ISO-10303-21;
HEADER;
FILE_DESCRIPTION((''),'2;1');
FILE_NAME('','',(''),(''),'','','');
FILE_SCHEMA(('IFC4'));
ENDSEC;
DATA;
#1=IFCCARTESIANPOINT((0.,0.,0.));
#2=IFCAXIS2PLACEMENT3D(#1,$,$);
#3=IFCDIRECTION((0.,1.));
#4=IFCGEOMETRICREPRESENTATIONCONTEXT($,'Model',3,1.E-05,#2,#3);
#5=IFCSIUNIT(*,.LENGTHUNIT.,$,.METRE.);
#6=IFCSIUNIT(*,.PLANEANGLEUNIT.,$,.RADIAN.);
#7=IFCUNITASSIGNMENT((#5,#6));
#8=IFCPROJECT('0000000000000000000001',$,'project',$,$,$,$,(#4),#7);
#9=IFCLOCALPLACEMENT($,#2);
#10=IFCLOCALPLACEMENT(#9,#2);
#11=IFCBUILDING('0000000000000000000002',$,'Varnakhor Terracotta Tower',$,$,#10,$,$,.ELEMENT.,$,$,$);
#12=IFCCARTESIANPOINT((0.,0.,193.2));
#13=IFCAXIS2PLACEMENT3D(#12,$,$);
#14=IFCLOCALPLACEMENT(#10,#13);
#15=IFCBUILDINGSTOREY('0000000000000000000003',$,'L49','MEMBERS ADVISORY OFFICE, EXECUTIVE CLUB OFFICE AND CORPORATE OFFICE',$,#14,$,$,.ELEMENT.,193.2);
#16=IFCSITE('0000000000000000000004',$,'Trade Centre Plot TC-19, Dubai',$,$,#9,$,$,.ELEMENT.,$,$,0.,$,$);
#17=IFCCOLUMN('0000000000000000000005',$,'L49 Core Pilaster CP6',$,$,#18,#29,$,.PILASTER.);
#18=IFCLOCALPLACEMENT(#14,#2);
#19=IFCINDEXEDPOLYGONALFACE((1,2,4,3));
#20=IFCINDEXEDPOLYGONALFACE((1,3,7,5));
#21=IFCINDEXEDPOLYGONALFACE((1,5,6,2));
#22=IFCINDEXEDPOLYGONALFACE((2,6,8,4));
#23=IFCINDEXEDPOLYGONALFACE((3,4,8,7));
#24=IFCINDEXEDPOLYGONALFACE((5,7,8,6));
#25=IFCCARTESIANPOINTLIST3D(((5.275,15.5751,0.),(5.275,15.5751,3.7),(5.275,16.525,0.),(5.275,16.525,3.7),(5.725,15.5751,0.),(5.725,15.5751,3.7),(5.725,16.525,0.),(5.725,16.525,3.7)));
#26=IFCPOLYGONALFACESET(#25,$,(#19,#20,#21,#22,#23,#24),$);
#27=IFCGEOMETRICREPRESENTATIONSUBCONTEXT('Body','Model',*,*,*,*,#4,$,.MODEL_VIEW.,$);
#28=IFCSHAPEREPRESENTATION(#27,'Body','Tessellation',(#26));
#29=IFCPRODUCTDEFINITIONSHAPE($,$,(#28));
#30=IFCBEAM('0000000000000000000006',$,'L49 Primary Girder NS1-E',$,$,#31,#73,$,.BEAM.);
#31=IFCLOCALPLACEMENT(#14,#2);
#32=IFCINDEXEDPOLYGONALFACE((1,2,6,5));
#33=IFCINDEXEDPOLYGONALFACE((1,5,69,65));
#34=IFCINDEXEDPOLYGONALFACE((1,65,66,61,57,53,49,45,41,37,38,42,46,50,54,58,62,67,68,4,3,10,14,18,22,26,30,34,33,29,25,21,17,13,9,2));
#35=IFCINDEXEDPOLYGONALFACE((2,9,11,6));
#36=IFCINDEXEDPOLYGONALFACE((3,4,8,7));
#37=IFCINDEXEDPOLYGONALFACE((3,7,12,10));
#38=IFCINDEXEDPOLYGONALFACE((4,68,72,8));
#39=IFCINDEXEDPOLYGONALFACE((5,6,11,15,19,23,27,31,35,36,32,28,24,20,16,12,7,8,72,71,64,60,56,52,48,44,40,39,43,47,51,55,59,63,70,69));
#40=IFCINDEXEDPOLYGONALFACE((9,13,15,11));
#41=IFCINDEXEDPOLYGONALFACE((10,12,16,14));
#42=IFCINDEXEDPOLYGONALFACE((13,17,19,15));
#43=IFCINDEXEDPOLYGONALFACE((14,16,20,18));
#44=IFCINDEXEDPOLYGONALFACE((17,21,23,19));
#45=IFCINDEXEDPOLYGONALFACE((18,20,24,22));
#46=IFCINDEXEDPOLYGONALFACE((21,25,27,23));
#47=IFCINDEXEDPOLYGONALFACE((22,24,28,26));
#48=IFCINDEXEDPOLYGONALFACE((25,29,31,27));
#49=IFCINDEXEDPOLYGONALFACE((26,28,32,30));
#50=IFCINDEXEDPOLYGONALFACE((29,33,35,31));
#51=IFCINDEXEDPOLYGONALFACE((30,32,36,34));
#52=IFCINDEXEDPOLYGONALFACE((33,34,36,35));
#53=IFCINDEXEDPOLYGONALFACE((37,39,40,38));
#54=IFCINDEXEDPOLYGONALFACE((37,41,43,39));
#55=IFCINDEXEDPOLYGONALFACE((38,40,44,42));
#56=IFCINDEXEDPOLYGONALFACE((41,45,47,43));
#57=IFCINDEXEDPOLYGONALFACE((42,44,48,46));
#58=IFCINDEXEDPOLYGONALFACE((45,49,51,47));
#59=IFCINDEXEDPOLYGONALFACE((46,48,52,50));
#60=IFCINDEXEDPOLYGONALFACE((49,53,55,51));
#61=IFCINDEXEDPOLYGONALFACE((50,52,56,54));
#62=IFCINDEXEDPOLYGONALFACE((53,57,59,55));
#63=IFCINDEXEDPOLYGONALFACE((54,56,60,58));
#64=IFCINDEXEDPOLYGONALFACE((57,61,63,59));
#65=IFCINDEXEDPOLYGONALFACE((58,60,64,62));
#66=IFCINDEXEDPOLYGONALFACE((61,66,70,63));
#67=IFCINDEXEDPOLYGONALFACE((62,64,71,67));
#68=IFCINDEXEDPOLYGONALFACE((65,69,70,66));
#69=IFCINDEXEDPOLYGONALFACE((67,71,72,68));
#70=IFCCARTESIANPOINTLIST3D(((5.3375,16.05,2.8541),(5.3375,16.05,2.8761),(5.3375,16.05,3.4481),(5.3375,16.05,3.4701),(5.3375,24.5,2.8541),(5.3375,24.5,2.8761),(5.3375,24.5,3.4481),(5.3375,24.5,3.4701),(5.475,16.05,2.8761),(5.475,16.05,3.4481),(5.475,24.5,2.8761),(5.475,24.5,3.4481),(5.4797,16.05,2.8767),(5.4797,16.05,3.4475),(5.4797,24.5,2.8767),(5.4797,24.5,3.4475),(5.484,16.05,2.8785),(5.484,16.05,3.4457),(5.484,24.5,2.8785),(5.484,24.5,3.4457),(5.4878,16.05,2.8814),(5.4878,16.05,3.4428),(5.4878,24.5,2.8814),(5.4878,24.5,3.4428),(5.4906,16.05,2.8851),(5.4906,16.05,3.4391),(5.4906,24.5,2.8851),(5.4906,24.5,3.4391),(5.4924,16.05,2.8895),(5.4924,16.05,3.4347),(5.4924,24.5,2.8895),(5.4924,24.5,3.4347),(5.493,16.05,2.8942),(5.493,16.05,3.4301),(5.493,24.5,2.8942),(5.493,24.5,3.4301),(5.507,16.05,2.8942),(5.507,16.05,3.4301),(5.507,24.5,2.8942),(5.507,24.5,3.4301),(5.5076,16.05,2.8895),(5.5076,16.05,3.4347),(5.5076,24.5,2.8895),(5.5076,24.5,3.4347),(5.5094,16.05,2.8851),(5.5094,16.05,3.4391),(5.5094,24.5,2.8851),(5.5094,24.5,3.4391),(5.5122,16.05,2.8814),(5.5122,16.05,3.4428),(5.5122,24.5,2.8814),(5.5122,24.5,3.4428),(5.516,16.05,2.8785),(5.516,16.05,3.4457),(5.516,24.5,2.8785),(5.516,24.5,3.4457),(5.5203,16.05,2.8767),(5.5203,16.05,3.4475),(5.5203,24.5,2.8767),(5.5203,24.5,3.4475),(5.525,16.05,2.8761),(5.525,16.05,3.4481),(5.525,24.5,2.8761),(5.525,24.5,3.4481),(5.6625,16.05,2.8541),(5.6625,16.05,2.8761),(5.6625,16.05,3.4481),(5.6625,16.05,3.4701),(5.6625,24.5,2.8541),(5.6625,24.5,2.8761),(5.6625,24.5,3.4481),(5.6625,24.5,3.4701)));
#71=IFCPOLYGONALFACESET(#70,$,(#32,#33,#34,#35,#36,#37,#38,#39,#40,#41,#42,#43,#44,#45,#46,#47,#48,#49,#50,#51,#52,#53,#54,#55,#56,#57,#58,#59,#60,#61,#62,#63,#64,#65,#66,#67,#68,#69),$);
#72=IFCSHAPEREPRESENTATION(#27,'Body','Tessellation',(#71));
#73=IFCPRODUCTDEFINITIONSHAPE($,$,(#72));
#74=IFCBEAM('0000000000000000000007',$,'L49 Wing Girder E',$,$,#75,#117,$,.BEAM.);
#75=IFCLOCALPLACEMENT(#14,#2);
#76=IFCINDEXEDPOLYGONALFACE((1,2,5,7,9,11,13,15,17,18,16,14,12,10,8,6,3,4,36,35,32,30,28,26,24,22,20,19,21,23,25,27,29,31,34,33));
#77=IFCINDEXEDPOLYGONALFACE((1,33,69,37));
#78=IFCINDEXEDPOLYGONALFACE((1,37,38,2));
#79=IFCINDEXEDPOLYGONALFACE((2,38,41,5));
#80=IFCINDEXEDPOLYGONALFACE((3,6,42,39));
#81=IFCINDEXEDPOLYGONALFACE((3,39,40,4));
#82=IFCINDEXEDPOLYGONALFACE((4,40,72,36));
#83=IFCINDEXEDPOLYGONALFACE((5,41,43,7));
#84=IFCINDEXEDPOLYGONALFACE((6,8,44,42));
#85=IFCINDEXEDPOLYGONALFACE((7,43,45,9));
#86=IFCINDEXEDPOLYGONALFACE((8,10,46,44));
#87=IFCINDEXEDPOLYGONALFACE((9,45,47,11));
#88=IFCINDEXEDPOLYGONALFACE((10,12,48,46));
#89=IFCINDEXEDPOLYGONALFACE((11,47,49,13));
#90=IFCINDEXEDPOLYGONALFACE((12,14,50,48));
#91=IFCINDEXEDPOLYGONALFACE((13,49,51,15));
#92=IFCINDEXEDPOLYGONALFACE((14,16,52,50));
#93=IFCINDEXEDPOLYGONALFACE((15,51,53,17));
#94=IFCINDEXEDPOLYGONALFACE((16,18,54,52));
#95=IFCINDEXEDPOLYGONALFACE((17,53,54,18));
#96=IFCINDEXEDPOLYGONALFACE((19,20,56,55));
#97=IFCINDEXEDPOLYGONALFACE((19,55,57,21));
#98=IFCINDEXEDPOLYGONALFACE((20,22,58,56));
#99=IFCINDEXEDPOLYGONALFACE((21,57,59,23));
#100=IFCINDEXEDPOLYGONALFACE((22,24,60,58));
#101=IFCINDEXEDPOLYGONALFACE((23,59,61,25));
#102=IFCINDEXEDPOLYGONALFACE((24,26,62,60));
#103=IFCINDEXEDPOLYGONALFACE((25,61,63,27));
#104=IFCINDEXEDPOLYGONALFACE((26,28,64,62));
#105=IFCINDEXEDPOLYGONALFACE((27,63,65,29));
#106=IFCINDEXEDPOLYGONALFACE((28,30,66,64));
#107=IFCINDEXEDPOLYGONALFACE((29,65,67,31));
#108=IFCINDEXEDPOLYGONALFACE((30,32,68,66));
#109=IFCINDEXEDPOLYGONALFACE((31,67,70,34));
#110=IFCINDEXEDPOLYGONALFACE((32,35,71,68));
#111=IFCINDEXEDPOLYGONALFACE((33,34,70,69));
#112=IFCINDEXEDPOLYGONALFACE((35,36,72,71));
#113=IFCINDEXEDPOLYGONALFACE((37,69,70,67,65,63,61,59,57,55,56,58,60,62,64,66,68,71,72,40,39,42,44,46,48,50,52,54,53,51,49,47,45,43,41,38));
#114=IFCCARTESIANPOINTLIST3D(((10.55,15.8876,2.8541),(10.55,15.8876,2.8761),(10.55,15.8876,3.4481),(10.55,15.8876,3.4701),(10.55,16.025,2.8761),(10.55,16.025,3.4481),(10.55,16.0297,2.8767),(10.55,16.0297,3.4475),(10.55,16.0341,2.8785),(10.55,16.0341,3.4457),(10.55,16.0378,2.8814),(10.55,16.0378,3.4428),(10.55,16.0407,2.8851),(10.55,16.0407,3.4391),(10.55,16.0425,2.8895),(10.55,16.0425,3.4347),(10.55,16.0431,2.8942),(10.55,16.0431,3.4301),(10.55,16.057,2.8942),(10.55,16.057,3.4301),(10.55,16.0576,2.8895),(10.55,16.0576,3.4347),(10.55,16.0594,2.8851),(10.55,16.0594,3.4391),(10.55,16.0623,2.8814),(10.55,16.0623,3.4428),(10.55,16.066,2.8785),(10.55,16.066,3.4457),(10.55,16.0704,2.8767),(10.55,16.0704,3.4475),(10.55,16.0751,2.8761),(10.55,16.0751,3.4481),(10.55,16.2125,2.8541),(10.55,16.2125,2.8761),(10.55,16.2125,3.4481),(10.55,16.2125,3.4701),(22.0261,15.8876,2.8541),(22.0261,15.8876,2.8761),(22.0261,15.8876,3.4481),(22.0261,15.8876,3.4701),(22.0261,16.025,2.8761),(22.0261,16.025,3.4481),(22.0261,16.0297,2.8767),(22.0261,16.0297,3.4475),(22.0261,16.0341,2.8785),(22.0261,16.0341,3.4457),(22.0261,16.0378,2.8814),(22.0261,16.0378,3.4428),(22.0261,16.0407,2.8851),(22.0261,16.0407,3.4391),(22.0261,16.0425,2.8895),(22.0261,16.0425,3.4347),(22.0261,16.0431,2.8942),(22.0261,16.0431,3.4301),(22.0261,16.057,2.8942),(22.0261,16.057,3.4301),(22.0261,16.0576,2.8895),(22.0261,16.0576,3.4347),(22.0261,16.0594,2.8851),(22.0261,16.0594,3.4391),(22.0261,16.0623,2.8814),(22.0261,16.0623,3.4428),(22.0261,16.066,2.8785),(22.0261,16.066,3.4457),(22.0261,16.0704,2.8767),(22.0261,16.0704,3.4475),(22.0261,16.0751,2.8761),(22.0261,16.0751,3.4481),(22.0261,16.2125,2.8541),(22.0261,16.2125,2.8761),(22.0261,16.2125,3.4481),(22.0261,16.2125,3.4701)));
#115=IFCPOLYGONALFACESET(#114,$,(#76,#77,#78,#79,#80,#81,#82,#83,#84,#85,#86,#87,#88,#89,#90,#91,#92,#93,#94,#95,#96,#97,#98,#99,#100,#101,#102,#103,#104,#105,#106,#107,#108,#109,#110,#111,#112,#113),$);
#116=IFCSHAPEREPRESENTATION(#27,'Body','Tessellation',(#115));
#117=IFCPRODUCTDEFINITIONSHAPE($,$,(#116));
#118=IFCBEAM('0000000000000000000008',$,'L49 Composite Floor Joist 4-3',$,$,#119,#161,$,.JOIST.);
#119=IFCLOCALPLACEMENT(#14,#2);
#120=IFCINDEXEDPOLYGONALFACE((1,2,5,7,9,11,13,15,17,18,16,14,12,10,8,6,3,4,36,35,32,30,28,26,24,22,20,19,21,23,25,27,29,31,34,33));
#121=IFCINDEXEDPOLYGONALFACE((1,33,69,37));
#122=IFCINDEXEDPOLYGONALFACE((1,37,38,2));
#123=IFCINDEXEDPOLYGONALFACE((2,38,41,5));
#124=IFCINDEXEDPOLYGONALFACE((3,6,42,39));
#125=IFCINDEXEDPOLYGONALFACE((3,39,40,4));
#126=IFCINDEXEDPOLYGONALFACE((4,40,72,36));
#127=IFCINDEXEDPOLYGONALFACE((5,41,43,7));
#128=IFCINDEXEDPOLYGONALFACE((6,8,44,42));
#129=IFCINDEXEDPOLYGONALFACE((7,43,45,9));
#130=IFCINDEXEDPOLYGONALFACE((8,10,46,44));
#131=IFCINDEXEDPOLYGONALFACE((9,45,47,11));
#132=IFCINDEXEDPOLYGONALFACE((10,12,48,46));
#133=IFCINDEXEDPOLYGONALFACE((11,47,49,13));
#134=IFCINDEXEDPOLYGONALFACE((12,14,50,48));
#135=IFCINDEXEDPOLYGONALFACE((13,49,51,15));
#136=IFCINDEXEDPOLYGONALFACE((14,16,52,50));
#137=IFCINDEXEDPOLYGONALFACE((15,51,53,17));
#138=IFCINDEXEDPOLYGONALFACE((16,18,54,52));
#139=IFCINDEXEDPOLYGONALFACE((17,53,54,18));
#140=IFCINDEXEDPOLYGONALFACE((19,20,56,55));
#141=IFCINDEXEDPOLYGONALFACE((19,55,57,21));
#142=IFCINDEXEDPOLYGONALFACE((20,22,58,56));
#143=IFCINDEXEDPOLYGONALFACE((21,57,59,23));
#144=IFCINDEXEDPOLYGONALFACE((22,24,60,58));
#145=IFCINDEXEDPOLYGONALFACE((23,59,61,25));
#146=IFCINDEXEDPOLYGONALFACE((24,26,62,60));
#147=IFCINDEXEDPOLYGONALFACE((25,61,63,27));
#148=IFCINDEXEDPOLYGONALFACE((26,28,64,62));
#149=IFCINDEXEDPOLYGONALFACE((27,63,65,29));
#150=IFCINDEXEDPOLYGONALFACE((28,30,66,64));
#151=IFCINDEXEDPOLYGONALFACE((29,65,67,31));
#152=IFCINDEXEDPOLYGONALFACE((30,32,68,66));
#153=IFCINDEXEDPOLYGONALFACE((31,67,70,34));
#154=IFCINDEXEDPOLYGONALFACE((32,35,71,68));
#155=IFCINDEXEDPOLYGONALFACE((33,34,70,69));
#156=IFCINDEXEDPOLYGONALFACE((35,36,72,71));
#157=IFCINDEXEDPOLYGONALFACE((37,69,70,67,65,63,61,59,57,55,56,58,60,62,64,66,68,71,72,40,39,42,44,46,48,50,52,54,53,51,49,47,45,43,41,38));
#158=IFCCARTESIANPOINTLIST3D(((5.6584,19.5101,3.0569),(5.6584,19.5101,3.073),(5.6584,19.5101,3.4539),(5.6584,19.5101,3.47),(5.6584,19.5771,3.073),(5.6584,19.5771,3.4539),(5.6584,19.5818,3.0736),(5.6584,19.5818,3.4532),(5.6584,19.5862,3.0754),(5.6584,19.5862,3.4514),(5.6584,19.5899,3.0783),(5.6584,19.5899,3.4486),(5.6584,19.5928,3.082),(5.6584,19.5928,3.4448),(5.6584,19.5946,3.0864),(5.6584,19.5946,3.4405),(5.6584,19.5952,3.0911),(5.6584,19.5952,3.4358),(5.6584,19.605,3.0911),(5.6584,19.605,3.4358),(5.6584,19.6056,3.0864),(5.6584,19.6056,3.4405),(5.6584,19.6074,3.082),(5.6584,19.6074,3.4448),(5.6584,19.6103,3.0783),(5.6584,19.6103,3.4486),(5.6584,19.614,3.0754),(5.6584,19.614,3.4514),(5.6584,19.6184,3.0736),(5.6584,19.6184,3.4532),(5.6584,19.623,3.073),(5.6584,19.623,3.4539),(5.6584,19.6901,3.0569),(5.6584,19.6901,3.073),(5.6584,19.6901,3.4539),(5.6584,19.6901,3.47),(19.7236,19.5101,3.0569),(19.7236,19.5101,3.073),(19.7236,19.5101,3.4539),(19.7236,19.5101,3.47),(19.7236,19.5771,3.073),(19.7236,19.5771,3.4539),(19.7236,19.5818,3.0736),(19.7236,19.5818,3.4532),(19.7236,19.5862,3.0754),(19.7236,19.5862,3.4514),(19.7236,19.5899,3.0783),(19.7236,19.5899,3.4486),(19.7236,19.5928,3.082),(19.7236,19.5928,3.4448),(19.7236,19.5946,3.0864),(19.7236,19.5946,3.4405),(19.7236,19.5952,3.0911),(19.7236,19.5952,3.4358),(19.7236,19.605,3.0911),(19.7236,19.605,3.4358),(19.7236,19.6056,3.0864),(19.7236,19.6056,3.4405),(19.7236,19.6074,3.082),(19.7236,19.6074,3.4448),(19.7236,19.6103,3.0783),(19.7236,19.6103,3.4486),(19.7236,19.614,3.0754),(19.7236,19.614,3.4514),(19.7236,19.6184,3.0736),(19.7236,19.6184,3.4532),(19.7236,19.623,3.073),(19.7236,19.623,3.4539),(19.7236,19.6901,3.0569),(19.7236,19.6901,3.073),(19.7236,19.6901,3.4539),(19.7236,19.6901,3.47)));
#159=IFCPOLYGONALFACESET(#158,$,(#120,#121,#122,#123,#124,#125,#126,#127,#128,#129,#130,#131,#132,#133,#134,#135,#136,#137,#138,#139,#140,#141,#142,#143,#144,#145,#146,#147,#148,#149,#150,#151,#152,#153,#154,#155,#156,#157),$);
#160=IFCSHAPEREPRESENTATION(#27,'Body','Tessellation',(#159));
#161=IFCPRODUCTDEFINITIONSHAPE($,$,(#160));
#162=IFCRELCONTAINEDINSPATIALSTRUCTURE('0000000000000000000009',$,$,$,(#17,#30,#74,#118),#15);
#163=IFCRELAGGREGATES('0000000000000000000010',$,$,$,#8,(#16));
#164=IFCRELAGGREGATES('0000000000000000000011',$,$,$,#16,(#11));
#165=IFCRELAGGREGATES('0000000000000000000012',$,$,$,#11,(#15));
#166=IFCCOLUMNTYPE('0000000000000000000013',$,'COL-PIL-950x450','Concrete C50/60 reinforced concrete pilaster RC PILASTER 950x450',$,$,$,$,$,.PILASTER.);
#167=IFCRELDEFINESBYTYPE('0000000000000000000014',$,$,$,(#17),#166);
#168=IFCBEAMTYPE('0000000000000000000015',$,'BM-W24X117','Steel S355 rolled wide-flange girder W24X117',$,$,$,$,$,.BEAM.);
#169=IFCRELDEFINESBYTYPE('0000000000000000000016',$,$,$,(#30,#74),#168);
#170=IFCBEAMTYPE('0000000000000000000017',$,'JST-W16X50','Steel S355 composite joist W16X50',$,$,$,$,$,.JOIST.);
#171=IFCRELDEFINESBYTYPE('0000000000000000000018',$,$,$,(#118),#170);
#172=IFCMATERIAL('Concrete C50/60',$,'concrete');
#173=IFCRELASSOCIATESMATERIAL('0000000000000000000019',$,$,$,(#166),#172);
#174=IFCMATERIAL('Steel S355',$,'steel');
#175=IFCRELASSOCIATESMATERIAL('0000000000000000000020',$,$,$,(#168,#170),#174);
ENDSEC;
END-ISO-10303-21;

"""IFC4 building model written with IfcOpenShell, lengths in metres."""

from ifc_helpers import new_model, si_unit, direction, frame, origin, origin_2d, place, context, subcontext, project, spatial, rectangle, i_section, extrude, source, transform, mapped, material, material_profile, profile_set, type_object, type_shapes, element, save


model = new_model("IFC4")

# Units and contexts
model_context = context("Model", 3, precision=1e-05, world=origin(), true_north=direction((0.0, 1.0)))
body_context = subcontext(model_context, "Body", "Model", "MODEL_VIEW")
ifc_project = project(units=[si_unit("LENGTHUNIT", "METRE"), si_unit("PLANEANGLEUNIT", "RADIAN")], contexts=[model_context])

# Site, building, storey
site_placement = place(None, origin())
site = spatial("IfcSite", under=ifc_project, at=site_placement, Name="Trade Centre Plot TC-19, Dubai", CompositionType="ELEMENT", RefElevation=0.0)
building_placement = place(site_placement, origin())
building = spatial("IfcBuilding", under=site, at=building_placement, Name="Varnakhor Terracotta Tower", CompositionType="ELEMENT")
storey_placement = place(building_placement, frame((0.0, 0.0, 193.2)))
storey = spatial("IfcBuildingStorey", under=building, at=storey_placement, Name="L49", Description="MEMBERS ADVISORY OFFICE, EXECUTIVE CLUB OFFICE AND CORPORATE OFFICE", CompositionType="ELEMENT", Elevation=193.2)

# Column
ifc_material_1 = material(Name="Concrete C50/60", Category="concrete")
ifc_material_profile_1 = material_profile(ifc_material_1, rectangle(XDim=0.45, YDim=0.95, at=origin_2d()), Name="RC PILASTER 950x450")
ifc_profile_set_1 = profile_set([ifc_material_profile_1], Name="Concrete C50/60")
column_type = type_object("IfcColumnType", Name="COL-PIL-950x450", Description="Concrete C50/60 reinforced concrete pilaster RC PILASTER 950x450", PredefinedType="PILASTER", material=ifc_profile_set_1)
shared_shape_1 = source(origin(), body_context, "Body", "SweptSolid", [
    extrude(rectangle(XDim=0.45, YDim=0.95, at=origin_2d()), origin(), (0.0, 0.0, 1.0), 3.7),
])
column_placement = place(storey_placement, frame((5.5, 16.05, 0.0), z_axis=(0.0, 0.0, 1.0), x_axis=(1.0, 0.0, 0.0)))
element("IfcColumn", 1, at=column_placement, inside=storey, type_object=column_type, Name="L49 Core Pilaster CP6", PredefinedType="PILASTER", context=body_context, shape_type="MappedRepresentation", body=[
    mapped(shared_shape_1, transform((0.0, 0.0, 0.0), scale=1.0)),
])

# Beams
ifc_material_2 = material(Name="Steel S355", Category="steel")
ifc_material_profile_2 = material_profile(ifc_material_2, i_section(OverallWidth=0.325, OverallDepth=0.616, WebThickness=0.0139, FlangeThickness=0.022, FilletRadius=0.0181, at=origin_2d()), Name="W24X117")
ifc_profile_set_2 = profile_set([ifc_material_profile_2], Name="Steel S355")
beam_type_1 = type_object("IfcBeamType", Name="BM-W24X117", Description="Steel S355 rolled wide-flange girder W24X117", PredefinedType="BEAM", material=ifc_profile_set_2)
shared_shape_2 = source(origin(), body_context, "Body", "SweptSolid", [
    extrude(i_section(OverallWidth=0.325, OverallDepth=0.616, WebThickness=0.0139, FlangeThickness=0.022, FilletRadius=0.0181, at=origin_2d()), origin(), (0.0, 0.0, 1.0), 8.45),
])
type_shapes(beam_type_1, [shared_shape_2])
beam_1_placement = place(storey_placement, frame((5.5, 16.05, 3.1621), z_axis=(0.0, 1.0, 0.0), x_axis=(-1.0, 0.0, 0.0)))
element("IfcBeam", 2, at=beam_1_placement, inside=storey, type_object=beam_type_1, Name="L49 Primary Girder NS1-E", PredefinedType="BEAM", context=body_context, shape_type="MappedRepresentation", body=[
    mapped(shared_shape_2, transform((0.0, 0.0, 0.0), scale=1.0)),
])
shared_shape_3 = source(origin(), body_context, "Body", "SweptSolid", [
    extrude(i_section(OverallWidth=0.325, OverallDepth=0.616, WebThickness=0.0139, FlangeThickness=0.022, FilletRadius=0.0181, at=origin_2d()), origin(), (0.0, 0.0, 1.0), 11.4761),
])
beam_2_placement = place(storey_placement, frame((10.55, 16.05, 3.1621), z_axis=(1.0, 0.0, 0.0), x_axis=(0.0, 1.0, 0.0)))
element("IfcBeam", 3, at=beam_2_placement, inside=storey, type_object=beam_type_1, Name="L49 Wing Girder E", PredefinedType="BEAM", context=body_context, shape_type="MappedRepresentation", body=[
    mapped(shared_shape_3, transform((0.0, 0.0, 0.0), scale=1.0)),
])
ifc_material_profile_3 = material_profile(ifc_material_2, i_section(OverallWidth=0.1799, OverallDepth=0.4131, WebThickness=0.0098, FlangeThickness=0.0161, FilletRadius=0.0181, at=origin_2d()), Name="W16X50")
ifc_profile_set_3 = profile_set([ifc_material_profile_3], Name="Steel S355")
beam_type_2 = type_object("IfcBeamType", Name="JST-W16X50", Description="Steel S355 composite joist W16X50", PredefinedType="JOIST", material=ifc_profile_set_3)
shared_shape_4 = source(origin(), body_context, "Body", "SweptSolid", [
    extrude(i_section(OverallWidth=0.1799, OverallDepth=0.4131, WebThickness=0.0098, FlangeThickness=0.0161, FilletRadius=0.0181, at=origin_2d()), origin(), (0.0, 0.0, 1.0), 14.0652),
])
beam_3_placement = place(storey_placement, frame((5.6584, 19.6001, 3.2634), z_axis=(1.0, 0.0, 0.0), x_axis=(0.0, 1.0, 0.0)))
element("IfcBeam", 4, at=beam_3_placement, inside=storey, type_object=beam_type_2, Name="L49 Composite Floor Joist 4-3", PredefinedType="JOIST", context=body_context, shape_type="MappedRepresentation", body=[
    mapped(shared_shape_4, transform((0.0, 0.0, 0.0), scale=1.0)),
])

save(model, "model.ifc")
